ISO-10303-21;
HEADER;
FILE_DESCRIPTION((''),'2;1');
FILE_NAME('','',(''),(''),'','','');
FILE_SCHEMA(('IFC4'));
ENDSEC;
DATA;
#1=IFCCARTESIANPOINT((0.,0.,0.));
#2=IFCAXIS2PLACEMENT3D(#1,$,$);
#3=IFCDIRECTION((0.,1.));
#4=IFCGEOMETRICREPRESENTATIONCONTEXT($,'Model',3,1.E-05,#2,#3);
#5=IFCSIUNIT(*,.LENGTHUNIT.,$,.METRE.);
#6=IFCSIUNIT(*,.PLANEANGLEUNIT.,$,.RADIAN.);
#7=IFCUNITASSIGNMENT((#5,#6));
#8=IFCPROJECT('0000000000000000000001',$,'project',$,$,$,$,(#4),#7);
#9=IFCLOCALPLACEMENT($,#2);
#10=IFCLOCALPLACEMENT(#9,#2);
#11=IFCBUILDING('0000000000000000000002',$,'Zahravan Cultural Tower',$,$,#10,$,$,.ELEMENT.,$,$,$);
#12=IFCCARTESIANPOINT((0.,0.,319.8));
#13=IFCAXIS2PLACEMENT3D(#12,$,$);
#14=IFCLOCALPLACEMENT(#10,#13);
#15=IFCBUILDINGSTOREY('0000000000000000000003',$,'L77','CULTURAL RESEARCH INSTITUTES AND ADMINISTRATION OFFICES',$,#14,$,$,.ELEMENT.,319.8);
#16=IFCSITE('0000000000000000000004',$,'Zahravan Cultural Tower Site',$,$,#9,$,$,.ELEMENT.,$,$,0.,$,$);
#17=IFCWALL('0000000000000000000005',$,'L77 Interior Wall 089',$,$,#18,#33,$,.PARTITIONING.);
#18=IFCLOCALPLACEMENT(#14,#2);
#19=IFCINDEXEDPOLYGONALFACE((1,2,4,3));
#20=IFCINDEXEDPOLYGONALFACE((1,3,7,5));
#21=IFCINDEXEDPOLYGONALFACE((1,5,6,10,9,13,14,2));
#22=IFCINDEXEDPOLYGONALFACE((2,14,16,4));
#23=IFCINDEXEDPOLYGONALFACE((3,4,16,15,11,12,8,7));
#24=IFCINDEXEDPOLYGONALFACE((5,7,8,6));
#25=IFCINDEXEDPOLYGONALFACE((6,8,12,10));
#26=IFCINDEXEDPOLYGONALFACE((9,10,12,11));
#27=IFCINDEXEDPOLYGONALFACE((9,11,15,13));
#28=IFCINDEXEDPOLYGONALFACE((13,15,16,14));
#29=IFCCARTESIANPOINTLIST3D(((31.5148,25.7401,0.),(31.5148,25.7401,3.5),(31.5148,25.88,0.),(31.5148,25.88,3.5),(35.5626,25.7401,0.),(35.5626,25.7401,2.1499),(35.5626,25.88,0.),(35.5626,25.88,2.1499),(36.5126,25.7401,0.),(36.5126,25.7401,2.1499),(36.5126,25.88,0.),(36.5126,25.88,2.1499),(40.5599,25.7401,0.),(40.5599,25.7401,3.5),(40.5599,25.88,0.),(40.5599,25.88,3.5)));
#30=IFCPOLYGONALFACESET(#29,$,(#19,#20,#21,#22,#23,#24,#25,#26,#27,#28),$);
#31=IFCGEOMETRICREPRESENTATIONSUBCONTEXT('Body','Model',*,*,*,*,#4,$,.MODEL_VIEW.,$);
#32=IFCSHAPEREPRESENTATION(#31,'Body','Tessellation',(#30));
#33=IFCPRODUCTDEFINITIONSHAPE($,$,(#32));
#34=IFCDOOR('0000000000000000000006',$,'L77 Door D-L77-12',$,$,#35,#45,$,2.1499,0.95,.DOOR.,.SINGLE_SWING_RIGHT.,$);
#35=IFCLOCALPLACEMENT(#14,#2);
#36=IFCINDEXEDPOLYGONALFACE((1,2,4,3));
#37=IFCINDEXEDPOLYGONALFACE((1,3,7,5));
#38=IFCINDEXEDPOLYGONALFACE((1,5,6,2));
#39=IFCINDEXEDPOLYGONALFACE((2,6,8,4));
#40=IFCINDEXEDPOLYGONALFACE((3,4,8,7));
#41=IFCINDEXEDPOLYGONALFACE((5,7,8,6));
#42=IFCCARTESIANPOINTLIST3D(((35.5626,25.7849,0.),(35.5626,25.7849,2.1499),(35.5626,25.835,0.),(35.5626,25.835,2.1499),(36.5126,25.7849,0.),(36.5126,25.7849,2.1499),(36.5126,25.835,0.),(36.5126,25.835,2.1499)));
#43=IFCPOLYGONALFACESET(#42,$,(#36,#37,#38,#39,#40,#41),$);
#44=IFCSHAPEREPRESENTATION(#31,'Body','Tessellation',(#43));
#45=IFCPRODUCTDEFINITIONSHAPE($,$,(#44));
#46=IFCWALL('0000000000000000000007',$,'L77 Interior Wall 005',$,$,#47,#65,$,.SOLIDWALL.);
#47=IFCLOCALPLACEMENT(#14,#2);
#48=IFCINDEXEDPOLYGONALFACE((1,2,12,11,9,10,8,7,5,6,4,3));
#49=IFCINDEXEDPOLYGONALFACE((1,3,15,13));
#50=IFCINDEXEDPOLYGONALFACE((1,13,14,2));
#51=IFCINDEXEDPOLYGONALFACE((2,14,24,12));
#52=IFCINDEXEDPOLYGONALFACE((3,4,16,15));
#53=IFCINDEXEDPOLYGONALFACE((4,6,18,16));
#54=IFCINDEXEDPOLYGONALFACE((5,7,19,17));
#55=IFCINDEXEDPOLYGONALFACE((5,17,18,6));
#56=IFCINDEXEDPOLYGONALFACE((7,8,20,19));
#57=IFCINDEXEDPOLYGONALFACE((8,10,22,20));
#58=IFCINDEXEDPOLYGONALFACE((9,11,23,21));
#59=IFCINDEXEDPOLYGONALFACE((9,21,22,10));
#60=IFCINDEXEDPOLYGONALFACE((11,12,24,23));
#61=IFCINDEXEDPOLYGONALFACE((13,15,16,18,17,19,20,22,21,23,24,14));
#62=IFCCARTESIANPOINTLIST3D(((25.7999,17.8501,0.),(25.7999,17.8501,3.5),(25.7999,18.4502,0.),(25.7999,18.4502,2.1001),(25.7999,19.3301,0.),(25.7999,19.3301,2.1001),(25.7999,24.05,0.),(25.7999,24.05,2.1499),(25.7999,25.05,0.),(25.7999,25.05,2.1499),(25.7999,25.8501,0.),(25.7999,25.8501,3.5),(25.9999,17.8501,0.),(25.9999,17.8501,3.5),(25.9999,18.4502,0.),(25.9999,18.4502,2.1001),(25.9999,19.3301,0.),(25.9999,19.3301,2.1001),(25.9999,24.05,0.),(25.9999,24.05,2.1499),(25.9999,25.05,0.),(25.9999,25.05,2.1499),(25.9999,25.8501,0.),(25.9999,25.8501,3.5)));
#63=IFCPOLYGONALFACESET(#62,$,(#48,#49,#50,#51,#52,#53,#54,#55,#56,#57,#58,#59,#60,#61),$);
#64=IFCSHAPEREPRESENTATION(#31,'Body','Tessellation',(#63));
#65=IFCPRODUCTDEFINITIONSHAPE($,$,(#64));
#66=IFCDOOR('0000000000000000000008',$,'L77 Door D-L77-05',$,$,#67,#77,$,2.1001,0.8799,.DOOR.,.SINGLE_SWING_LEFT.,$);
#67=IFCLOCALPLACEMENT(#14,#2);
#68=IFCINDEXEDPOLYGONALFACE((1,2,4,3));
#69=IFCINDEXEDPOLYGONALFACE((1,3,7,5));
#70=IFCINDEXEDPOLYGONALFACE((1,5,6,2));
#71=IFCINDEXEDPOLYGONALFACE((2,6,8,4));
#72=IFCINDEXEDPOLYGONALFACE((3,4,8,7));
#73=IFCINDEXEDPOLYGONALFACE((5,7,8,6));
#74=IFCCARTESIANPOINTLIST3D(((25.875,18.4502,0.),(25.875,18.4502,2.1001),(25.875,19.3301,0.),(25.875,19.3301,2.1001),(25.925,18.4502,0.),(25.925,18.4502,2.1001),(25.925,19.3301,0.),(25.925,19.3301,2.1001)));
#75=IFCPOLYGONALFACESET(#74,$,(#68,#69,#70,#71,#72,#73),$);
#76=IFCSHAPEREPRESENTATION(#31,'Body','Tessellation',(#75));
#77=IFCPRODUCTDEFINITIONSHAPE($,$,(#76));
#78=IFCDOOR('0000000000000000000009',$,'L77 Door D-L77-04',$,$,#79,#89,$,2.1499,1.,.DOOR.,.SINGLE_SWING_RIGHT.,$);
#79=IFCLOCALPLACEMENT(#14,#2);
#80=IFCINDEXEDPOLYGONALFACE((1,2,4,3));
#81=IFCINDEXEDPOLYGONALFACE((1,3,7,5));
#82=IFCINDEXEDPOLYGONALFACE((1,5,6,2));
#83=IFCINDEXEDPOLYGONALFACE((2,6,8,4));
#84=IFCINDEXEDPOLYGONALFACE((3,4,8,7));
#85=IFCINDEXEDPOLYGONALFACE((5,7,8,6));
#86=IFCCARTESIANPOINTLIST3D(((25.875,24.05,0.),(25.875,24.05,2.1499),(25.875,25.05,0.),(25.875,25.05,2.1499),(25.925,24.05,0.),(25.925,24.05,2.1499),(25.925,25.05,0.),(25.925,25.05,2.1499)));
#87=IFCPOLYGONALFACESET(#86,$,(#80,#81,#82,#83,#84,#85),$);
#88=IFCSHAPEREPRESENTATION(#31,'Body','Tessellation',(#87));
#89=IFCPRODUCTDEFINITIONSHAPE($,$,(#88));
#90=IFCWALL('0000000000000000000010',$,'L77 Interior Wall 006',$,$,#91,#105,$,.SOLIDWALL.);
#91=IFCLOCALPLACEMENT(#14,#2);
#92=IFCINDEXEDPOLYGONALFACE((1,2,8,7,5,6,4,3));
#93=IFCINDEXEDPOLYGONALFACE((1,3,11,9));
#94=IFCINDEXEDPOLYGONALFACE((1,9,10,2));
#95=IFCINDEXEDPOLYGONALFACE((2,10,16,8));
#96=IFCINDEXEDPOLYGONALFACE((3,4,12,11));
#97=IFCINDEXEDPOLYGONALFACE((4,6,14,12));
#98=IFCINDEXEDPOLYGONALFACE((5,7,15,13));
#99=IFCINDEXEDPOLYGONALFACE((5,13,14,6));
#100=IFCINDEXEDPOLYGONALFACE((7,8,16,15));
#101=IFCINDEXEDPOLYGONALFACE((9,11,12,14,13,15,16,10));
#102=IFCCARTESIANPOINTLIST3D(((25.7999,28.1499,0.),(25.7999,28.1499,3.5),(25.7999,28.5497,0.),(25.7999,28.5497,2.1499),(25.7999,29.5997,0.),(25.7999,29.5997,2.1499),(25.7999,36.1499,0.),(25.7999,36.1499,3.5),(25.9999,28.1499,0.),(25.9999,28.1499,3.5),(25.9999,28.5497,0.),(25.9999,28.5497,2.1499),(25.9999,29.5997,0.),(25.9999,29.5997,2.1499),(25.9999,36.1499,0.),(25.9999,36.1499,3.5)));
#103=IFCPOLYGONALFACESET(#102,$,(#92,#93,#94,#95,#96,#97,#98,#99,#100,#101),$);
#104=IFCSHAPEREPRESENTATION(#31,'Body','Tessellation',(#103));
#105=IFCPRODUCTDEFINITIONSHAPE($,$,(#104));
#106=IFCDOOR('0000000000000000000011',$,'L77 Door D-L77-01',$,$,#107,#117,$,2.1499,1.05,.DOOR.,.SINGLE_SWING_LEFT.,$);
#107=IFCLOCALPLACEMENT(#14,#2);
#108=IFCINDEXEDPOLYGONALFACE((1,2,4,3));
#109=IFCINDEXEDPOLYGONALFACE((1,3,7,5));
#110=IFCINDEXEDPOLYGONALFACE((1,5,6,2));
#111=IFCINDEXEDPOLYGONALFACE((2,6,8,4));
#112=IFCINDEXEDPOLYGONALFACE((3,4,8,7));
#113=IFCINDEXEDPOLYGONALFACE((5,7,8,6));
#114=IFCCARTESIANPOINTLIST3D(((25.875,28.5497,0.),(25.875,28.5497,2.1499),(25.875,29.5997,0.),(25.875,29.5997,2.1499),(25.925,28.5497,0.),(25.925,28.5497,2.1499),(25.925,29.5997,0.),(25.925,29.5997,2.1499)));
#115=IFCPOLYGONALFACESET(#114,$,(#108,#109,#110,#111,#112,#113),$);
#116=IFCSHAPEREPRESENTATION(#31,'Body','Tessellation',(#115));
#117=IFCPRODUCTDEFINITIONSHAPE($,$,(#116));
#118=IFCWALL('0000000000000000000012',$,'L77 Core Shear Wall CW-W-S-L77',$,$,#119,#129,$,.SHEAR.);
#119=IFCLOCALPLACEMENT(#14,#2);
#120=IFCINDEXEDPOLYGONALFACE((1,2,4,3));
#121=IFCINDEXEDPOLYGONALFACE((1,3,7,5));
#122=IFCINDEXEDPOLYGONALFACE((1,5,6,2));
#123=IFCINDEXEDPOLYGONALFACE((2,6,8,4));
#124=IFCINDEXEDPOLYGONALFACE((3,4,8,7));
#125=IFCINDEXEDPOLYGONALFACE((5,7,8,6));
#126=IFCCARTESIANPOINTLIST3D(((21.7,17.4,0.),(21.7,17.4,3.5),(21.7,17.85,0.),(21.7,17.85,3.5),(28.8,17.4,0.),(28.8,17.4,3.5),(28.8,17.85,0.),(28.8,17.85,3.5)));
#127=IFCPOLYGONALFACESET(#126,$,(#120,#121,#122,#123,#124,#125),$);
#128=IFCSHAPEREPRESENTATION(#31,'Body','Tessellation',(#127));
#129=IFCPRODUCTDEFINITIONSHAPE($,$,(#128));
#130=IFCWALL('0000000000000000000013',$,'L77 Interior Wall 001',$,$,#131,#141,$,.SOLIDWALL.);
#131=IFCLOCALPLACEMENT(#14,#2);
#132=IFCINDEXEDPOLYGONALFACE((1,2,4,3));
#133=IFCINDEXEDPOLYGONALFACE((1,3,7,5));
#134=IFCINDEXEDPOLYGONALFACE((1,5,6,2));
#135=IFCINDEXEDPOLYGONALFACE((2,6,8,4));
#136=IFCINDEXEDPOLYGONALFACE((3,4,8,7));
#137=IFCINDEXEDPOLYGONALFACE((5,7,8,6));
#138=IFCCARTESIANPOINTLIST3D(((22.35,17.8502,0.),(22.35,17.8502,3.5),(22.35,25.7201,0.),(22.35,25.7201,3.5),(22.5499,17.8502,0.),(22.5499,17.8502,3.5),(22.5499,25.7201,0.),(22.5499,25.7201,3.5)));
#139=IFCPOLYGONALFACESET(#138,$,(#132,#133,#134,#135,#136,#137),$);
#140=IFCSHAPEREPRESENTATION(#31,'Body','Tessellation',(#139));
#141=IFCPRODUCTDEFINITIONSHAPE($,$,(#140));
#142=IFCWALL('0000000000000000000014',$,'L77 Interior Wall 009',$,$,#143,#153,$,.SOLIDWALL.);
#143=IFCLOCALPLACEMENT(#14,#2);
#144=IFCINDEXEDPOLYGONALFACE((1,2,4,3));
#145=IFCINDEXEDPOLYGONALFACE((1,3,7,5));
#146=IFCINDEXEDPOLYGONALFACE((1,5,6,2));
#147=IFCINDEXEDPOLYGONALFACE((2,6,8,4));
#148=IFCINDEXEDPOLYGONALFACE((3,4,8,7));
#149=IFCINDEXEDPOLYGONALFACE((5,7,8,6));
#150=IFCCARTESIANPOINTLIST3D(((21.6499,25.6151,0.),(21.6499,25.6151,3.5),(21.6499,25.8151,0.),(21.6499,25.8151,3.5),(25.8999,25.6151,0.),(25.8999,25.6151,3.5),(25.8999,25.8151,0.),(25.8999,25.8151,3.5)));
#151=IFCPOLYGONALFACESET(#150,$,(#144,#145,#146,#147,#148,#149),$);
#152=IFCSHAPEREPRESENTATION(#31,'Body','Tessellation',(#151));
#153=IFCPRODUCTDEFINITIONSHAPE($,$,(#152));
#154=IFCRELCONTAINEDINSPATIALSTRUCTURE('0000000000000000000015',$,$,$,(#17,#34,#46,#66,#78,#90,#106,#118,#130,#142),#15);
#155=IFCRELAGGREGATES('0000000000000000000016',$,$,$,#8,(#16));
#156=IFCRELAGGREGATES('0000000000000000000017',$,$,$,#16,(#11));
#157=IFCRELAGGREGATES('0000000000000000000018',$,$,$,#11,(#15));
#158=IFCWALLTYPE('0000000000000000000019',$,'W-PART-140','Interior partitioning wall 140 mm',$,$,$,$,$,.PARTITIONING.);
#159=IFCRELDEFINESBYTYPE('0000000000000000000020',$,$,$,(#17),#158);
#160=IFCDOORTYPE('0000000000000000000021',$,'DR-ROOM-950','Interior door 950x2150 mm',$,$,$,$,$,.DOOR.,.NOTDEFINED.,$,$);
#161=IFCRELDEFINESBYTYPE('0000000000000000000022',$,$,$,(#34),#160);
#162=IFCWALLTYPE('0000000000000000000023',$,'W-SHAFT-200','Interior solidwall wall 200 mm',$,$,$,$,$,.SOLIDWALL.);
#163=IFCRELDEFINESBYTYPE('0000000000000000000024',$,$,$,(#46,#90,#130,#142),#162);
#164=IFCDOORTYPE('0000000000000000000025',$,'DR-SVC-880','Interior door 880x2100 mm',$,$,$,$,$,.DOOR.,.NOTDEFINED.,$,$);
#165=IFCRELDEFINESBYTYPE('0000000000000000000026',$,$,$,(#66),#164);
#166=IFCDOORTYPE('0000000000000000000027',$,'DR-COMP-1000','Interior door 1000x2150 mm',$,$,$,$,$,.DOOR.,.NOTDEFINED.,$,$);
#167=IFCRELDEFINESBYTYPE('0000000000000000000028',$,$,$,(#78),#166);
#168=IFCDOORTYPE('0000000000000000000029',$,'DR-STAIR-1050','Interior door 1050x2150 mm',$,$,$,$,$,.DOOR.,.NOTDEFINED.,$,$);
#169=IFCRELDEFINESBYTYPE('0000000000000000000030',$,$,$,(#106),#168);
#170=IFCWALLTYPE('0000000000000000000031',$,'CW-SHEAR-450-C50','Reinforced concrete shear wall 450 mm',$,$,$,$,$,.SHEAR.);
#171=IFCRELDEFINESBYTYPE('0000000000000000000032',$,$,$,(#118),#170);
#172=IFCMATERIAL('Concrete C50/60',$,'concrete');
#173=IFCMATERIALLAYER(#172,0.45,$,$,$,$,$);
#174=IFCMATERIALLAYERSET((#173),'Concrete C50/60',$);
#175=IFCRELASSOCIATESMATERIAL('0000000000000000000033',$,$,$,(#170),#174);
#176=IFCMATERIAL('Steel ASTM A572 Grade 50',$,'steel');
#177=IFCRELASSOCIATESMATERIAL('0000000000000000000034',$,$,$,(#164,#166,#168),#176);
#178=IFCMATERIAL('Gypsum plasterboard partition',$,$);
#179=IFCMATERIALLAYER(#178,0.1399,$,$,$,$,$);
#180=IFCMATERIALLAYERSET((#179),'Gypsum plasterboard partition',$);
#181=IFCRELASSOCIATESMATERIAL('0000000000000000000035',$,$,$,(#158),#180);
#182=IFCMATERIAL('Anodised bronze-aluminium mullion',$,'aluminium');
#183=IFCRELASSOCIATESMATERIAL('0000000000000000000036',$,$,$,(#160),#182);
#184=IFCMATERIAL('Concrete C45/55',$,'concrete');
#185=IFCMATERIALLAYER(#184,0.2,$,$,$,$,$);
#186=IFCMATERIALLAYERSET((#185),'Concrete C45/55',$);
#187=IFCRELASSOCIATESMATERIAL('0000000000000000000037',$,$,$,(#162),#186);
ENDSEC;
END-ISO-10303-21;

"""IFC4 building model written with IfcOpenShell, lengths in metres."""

from ifc_helpers import new_model, si_unit, direction, frame, frame_2d, origin, place, context, subcontext, project, spatial, rectangle, extrude, source, transform, mapped, material, layer, layer_set, type_object, element, fill, save


model = new_model("IFC4")

# Units and contexts
model_context = context("Model", 3, precision=1e-05, world=origin(), true_north=direction((0.0, 1.0)))
body_context = subcontext(model_context, "Body", "Model", "MODEL_VIEW")
ifc_project = project(units=[si_unit("LENGTHUNIT", "METRE"), si_unit("PLANEANGLEUNIT", "RADIAN")], contexts=[model_context])

# Site, building, storey
site_placement = place(None, origin())
site = spatial("IfcSite", under=ifc_project, at=site_placement, Name="Zahravan Cultural Tower Site", CompositionType="ELEMENT", RefElevation=0.0)
building_placement = place(site_placement, origin())
building = spatial("IfcBuilding", under=site, at=building_placement, Name="Zahravan Cultural Tower", CompositionType="ELEMENT")
storey_placement = place(building_placement, frame((0.0, 0.0, 319.8)))
storey = spatial("IfcBuildingStorey", under=building, at=storey_placement, Name="L77", Description="CULTURAL RESEARCH INSTITUTES AND ADMINISTRATION OFFICES", CompositionType="ELEMENT", Elevation=319.8)

# Shared definitions
ifc_material_1 = material(Name="Concrete C50/60", Category="concrete")

# Shared definitions
ifc_material_2 = material(Name="Steel ASTM A572 Grade 50", Category="steel")

# Shared definitions
ifc_layer_1 = layer(ifc_material_1, 0.45)
ifc_layer_set_1 = layer_set([ifc_layer_1], Name="Concrete C50/60")
wall_type_1 = type_object("IfcWallType", Name="CW-SHEAR-450-C50", Description="Reinforced concrete shear wall 450 mm", PredefinedType="SHEAR", material=ifc_layer_set_1)
door_type_1 = type_object("IfcDoorType", Name="DR-SVC-880", Description="Interior door 880x2100 mm", OperationType="NOTDEFINED", PredefinedType="DOOR", material=ifc_material_2)
shared_shape_1 = source(origin(), body_context, "Body", "SweptSolid", [
    extrude(rectangle(XDim=0.8799, YDim=2.1001, at=frame_2d((0.4399, 1.05))), frame((0.0, 0.0249, 0.0), z_axis=(0.0, -1.0, 0.0), x_axis=(1.0, 0.0, 0.0)), (0.0, 0.0, 1.0), 0.05),
])

# Wall, opening, door
ifc_material_3 = material(Name="Gypsum plasterboard partition")
ifc_layer_2 = layer(ifc_material_3, 0.1399)
ifc_layer_set_2 = layer_set([ifc_layer_2], Name="Gypsum plasterboard partition")
wall_type_2 = type_object("IfcWallType", Name="W-PART-140", Description="Interior partitioning wall 140 mm", PredefinedType="PARTITIONING", material=ifc_layer_set_2)
wall_1_placement = place(storey_placement, frame((31.5149, 25.8101, 0.0), z_axis=(0.0, 0.0, 1.0), x_axis=(1.0, 0.0, 0.0)))
wall_1 = element("IfcWall", 1, at=wall_1_placement, inside=storey, type_object=wall_type_2, Name="L77 Interior Wall 089", PredefinedType="PARTITIONING", context=body_context, shape_type="SweptSolid", body=[
    extrude(rectangle(XDim=9.0452, YDim=0.1399, at=frame_2d((4.5225, 0.0))), origin(), (0.0, 0.0, 1.0), 3.5),
])
opening_1_placement = place(wall_1_placement, frame((4.0476, 0.0, 0.0)))
opening_1 = element("IfcOpeningElement", 2, at=opening_1_placement, cuts=wall_1, PredefinedType="OPENING", context=body_context, shape_type="SweptSolid", body=[
    extrude(rectangle(XDim=0.95, YDim=2.1499, at=frame_2d((0.4751, 1.075))), frame((0.0, 0.0798, 0.0), z_axis=(0.0, -1.0, 0.0), x_axis=(1.0, 0.0, 0.0)), (0.0, 0.0, 1.0), 0.1599),
])
ifc_material_4 = material(Name="Anodised bronze-aluminium mullion", Category="aluminium")
door_type_2 = type_object("IfcDoorType", Name="DR-ROOM-950", Description="Interior door 950x2150 mm", OperationType="NOTDEFINED", PredefinedType="DOOR", material=ifc_material_4)
shared_shape_2 = source(origin(), body_context, "Body", "SweptSolid", [
    extrude(rectangle(XDim=0.95, YDim=2.1499, at=frame_2d((0.4751, 1.075))), frame((0.0, 0.0249, 0.0), z_axis=(0.0, -1.0, 0.0), x_axis=(1.0, 0.0, 0.0)), (0.0, 0.0, 1.0), 0.05),
])
door_1_placement = place(opening_1_placement, origin())
door_1 = element("IfcDoor", 3, at=door_1_placement, inside=storey, type_object=door_type_2, Name="L77 Door D-L77-12", OperationType="SINGLE_SWING_RIGHT", OverallHeight=2.1499, OverallWidth=0.95, PredefinedType="DOOR", context=body_context, shape_type="MappedRepresentation", body=[
    mapped(shared_shape_2, transform((0.0, 0.0, 0.0), x_axis=(1.0, 0.0, 0.0), y_axis=(0.0, 1.0, 0.0), z_axis=(0.0, 0.0, 1.0), scale=1.0)),
])
fill(opening_1, door_1)

# Wall, openings, doors
ifc_material_5 = material(Name="Concrete C45/55", Category="concrete")
ifc_layer_3 = layer(ifc_material_5, 0.2)
ifc_layer_set_3 = layer_set([ifc_layer_3], Name="Concrete C45/55")
wall_type_3 = type_object("IfcWallType", Name="W-SHAFT-200", Description="Interior solidwall wall 200 mm", PredefinedType="SOLIDWALL", material=ifc_layer_set_3)
wall_2_placement = place(storey_placement, frame((25.8999, 17.8501, 0.0), z_axis=(0.0, 0.0, 1.0), x_axis=(0.0, 1.0, 0.0)))
wall_2 = element("IfcWall", 4, at=wall_2_placement, inside=storey, type_object=wall_type_3, Name="L77 Interior Wall 005", PredefinedType="SOLIDWALL", context=body_context, shape_type="SweptSolid", body=[
    extrude(rectangle(XDim=8.0, YDim=0.2, at=frame_2d((4.0, 0.0))), origin(), (0.0, 0.0, 1.0), 3.5),
])
opening_2_placement = place(wall_2_placement, frame((6.2, 0.0, 0.0)))
opening_2 = element("IfcOpeningElement", 5, at=opening_2_placement, cuts=wall_2, PredefinedType="OPENING", context=body_context, shape_type="SweptSolid", body=[
    extrude(rectangle(XDim=1.0, YDim=2.1499, at=frame_2d((0.5, 1.075))), frame((0.0, 0.1099, 0.0), z_axis=(0.0, -1.0, 0.0), x_axis=(1.0, 0.0, 0.0)), (0.0, 0.0, 1.0), 0.22),
])
opening_3_placement = place(wall_2_placement, frame((0.6001, 0.0, 0.0)))
opening_3 = element("IfcOpeningElement", 6, at=opening_3_placement, cuts=wall_2, PredefinedType="OPENING", context=body_context, shape_type="SweptSolid", body=[
    extrude(rectangle(XDim=0.8799, YDim=2.1001, at=frame_2d((0.4399, 1.05))), frame((0.0, 0.1099, 0.0), z_axis=(0.0, -1.0, 0.0), x_axis=(1.0, 0.0, 0.0)), (0.0, 0.0, 1.0), 0.22),
])
door_2_placement = place(opening_3_placement, origin())
door_2 = element("IfcDoor", 7, at=door_2_placement, inside=storey, type_object=door_type_1, Name="L77 Door D-L77-05", OperationType="SINGLE_SWING_LEFT", OverallHeight=2.1001, OverallWidth=0.8799, PredefinedType="DOOR", context=body_context, shape_type="MappedRepresentation", body=[
    mapped(shared_shape_1, transform((0.0, 0.0, 0.0), x_axis=(1.0, 0.0, 0.0), y_axis=(0.0, 1.0, 0.0), z_axis=(0.0, 0.0, 1.0), scale=1.0)),
])
fill(opening_3, door_2)
door_type_3 = type_object("IfcDoorType", Name="DR-COMP-1000", Description="Interior door 1000x2150 mm", OperationType="NOTDEFINED", PredefinedType="DOOR", material=ifc_material_2)
shared_shape_3 = source(origin(), body_context, "Body", "SweptSolid", [
    extrude(rectangle(XDim=1.0, YDim=2.1499, at=frame_2d((0.5, 1.075))), frame((0.0, 0.0249, 0.0), z_axis=(0.0, -1.0, 0.0), x_axis=(1.0, 0.0, 0.0)), (0.0, 0.0, 1.0), 0.05),
])
door_3_placement = place(opening_2_placement, origin())
door_3 = element("IfcDoor", 8, at=door_3_placement, inside=storey, type_object=door_type_3, Name="L77 Door D-L77-04", OperationType="SINGLE_SWING_RIGHT", OverallHeight=2.1499, OverallWidth=1.0, PredefinedType="DOOR", context=body_context, shape_type="MappedRepresentation", body=[
    mapped(shared_shape_3, transform((0.0, 0.0, 0.0), x_axis=(1.0, 0.0, 0.0), y_axis=(0.0, 1.0, 0.0), z_axis=(0.0, 0.0, 1.0), scale=1.0)),
])
fill(opening_2, door_3)

# Wall, opening, door
wall_3_placement = place(storey_placement, frame((25.8999, 28.1499, 0.0), z_axis=(0.0, 0.0, 1.0), x_axis=(0.0, 1.0, 0.0)))
wall_3 = element("IfcWall", 9, at=wall_3_placement, inside=storey, type_object=wall_type_3, Name="L77 Interior Wall 006", PredefinedType="SOLIDWALL", context=body_context, shape_type="SweptSolid", body=[
    extrude(rectangle(XDim=8.0, YDim=0.2, at=frame_2d((4.0, 0.0))), origin(), (0.0, 0.0, 1.0), 3.5),
])
opening_4_placement = place(wall_3_placement, frame((0.3999, 0.0, 0.0)))
opening_4 = element("IfcOpeningElement", 10, at=opening_4_placement, cuts=wall_3, PredefinedType="OPENING", context=body_context, shape_type="SweptSolid", body=[
    extrude(rectangle(XDim=1.05, YDim=2.1499, at=frame_2d((0.5249, 1.075))), frame((0.0, 0.1099, 0.0), z_axis=(0.0, -1.0, 0.0), x_axis=(1.0, 0.0, 0.0)), (0.0, 0.0, 1.0), 0.22),
])
door_type_4 = type_object("IfcDoorType", Name="DR-STAIR-1050", Description="Interior door 1050x2150 mm", OperationType="NOTDEFINED", PredefinedType="DOOR", material=ifc_material_2)
shared_shape_4 = source(origin(), body_context, "Body", "SweptSolid", [
    extrude(rectangle(XDim=1.05, YDim=2.1499, at=frame_2d((0.5249, 1.075))), frame((0.0, 0.0249, 0.0), z_axis=(0.0, -1.0, 0.0), x_axis=(1.0, 0.0, 0.0)), (0.0, 0.0, 1.0), 0.05),
])
door_4_placement = place(opening_4_placement, origin())
door_4 = element("IfcDoor", 11, at=door_4_placement, inside=storey, type_object=door_type_4, Name="L77 Door D-L77-01", OperationType="SINGLE_SWING_LEFT", OverallHeight=2.1499, OverallWidth=1.05, PredefinedType="DOOR", context=body_context, shape_type="MappedRepresentation", body=[
    mapped(shared_shape_4, transform((0.0, 0.0, 0.0), x_axis=(1.0, 0.0, 0.0), y_axis=(0.0, 1.0, 0.0), z_axis=(0.0, 0.0, 1.0), scale=1.0)),
])
fill(opening_4, door_4)

# Walls
shared_shape_5 = source(origin(), body_context, "Body", "SweptSolid", [
    extrude(rectangle(XDim=7.1001, YDim=0.45, at=frame_2d((3.55, 0.0))), origin(), (0.0, 0.0, 1.0), 3.5),
])
wall_4_placement = place(storey_placement, frame((21.7, 17.625, 0.0), z_axis=(0.0, 0.0, 1.0), x_axis=(1.0, 0.0, 0.0)))
element("IfcWall", 12, at=wall_4_placement, inside=storey, type_object=wall_type_1, Name="L77 Core Shear Wall CW-W-S-L77", PredefinedType="SHEAR", context=body_context, shape_type="MappedRepresentation", body=[
    mapped(shared_shape_5, transform((0.0, 0.0, 0.0), x_axis=(1.0, 0.0, 0.0), y_axis=(0.0, 1.0, 0.0), z_axis=(0.0, 0.0, 1.0), scale=1.0)),
])
shared_shape_6 = source(origin(), body_context, "Body", "SweptSolid", [
    extrude(rectangle(XDim=7.8699, YDim=0.2, at=frame_2d((3.9351, 0.0))), origin(), (0.0, 0.0, 1.0), 3.5),
])
wall_5_placement = place(storey_placement, frame((22.45, 17.8501, 0.0), z_axis=(0.0, 0.0, 1.0), x_axis=(0.0, 1.0, 0.0)))
element("IfcWall", 13, at=wall_5_placement, inside=storey, type_object=wall_type_3, Name="L77 Interior Wall 001", PredefinedType="SOLIDWALL", context=body_context, shape_type="MappedRepresentation", body=[
    mapped(shared_shape_6, transform((0.0, 0.0, 0.0), x_axis=(1.0, 0.0, 0.0), y_axis=(0.0, 1.0, 0.0), z_axis=(0.0, 0.0, 1.0), scale=1.0)),
])
shared_shape_7 = source(origin(), body_context, "Body", "SweptSolid", [
    extrude(rectangle(XDim=4.25, YDim=0.2, at=frame_2d((2.125, 0.0))), origin(), (0.0, 0.0, 1.0), 3.5),
])
wall_6_placement = place(storey_placement, frame((21.6499, 25.7151, 0.0), z_axis=(0.0, 0.0, 1.0), x_axis=(1.0, 0.0, 0.0)))
element("IfcWall", 14, at=wall_6_placement, inside=storey, type_object=wall_type_3, Name="L77 Interior Wall 009", PredefinedType="SOLIDWALL", context=body_context, shape_type="MappedRepresentation", body=[
    mapped(shared_shape_7, transform((0.0, 0.0, 0.0), x_axis=(1.0, 0.0, 0.0), y_axis=(0.0, 1.0, 0.0), z_axis=(0.0, 0.0, 1.0), scale=1.0)),
])

save(model, "model.ifc")
